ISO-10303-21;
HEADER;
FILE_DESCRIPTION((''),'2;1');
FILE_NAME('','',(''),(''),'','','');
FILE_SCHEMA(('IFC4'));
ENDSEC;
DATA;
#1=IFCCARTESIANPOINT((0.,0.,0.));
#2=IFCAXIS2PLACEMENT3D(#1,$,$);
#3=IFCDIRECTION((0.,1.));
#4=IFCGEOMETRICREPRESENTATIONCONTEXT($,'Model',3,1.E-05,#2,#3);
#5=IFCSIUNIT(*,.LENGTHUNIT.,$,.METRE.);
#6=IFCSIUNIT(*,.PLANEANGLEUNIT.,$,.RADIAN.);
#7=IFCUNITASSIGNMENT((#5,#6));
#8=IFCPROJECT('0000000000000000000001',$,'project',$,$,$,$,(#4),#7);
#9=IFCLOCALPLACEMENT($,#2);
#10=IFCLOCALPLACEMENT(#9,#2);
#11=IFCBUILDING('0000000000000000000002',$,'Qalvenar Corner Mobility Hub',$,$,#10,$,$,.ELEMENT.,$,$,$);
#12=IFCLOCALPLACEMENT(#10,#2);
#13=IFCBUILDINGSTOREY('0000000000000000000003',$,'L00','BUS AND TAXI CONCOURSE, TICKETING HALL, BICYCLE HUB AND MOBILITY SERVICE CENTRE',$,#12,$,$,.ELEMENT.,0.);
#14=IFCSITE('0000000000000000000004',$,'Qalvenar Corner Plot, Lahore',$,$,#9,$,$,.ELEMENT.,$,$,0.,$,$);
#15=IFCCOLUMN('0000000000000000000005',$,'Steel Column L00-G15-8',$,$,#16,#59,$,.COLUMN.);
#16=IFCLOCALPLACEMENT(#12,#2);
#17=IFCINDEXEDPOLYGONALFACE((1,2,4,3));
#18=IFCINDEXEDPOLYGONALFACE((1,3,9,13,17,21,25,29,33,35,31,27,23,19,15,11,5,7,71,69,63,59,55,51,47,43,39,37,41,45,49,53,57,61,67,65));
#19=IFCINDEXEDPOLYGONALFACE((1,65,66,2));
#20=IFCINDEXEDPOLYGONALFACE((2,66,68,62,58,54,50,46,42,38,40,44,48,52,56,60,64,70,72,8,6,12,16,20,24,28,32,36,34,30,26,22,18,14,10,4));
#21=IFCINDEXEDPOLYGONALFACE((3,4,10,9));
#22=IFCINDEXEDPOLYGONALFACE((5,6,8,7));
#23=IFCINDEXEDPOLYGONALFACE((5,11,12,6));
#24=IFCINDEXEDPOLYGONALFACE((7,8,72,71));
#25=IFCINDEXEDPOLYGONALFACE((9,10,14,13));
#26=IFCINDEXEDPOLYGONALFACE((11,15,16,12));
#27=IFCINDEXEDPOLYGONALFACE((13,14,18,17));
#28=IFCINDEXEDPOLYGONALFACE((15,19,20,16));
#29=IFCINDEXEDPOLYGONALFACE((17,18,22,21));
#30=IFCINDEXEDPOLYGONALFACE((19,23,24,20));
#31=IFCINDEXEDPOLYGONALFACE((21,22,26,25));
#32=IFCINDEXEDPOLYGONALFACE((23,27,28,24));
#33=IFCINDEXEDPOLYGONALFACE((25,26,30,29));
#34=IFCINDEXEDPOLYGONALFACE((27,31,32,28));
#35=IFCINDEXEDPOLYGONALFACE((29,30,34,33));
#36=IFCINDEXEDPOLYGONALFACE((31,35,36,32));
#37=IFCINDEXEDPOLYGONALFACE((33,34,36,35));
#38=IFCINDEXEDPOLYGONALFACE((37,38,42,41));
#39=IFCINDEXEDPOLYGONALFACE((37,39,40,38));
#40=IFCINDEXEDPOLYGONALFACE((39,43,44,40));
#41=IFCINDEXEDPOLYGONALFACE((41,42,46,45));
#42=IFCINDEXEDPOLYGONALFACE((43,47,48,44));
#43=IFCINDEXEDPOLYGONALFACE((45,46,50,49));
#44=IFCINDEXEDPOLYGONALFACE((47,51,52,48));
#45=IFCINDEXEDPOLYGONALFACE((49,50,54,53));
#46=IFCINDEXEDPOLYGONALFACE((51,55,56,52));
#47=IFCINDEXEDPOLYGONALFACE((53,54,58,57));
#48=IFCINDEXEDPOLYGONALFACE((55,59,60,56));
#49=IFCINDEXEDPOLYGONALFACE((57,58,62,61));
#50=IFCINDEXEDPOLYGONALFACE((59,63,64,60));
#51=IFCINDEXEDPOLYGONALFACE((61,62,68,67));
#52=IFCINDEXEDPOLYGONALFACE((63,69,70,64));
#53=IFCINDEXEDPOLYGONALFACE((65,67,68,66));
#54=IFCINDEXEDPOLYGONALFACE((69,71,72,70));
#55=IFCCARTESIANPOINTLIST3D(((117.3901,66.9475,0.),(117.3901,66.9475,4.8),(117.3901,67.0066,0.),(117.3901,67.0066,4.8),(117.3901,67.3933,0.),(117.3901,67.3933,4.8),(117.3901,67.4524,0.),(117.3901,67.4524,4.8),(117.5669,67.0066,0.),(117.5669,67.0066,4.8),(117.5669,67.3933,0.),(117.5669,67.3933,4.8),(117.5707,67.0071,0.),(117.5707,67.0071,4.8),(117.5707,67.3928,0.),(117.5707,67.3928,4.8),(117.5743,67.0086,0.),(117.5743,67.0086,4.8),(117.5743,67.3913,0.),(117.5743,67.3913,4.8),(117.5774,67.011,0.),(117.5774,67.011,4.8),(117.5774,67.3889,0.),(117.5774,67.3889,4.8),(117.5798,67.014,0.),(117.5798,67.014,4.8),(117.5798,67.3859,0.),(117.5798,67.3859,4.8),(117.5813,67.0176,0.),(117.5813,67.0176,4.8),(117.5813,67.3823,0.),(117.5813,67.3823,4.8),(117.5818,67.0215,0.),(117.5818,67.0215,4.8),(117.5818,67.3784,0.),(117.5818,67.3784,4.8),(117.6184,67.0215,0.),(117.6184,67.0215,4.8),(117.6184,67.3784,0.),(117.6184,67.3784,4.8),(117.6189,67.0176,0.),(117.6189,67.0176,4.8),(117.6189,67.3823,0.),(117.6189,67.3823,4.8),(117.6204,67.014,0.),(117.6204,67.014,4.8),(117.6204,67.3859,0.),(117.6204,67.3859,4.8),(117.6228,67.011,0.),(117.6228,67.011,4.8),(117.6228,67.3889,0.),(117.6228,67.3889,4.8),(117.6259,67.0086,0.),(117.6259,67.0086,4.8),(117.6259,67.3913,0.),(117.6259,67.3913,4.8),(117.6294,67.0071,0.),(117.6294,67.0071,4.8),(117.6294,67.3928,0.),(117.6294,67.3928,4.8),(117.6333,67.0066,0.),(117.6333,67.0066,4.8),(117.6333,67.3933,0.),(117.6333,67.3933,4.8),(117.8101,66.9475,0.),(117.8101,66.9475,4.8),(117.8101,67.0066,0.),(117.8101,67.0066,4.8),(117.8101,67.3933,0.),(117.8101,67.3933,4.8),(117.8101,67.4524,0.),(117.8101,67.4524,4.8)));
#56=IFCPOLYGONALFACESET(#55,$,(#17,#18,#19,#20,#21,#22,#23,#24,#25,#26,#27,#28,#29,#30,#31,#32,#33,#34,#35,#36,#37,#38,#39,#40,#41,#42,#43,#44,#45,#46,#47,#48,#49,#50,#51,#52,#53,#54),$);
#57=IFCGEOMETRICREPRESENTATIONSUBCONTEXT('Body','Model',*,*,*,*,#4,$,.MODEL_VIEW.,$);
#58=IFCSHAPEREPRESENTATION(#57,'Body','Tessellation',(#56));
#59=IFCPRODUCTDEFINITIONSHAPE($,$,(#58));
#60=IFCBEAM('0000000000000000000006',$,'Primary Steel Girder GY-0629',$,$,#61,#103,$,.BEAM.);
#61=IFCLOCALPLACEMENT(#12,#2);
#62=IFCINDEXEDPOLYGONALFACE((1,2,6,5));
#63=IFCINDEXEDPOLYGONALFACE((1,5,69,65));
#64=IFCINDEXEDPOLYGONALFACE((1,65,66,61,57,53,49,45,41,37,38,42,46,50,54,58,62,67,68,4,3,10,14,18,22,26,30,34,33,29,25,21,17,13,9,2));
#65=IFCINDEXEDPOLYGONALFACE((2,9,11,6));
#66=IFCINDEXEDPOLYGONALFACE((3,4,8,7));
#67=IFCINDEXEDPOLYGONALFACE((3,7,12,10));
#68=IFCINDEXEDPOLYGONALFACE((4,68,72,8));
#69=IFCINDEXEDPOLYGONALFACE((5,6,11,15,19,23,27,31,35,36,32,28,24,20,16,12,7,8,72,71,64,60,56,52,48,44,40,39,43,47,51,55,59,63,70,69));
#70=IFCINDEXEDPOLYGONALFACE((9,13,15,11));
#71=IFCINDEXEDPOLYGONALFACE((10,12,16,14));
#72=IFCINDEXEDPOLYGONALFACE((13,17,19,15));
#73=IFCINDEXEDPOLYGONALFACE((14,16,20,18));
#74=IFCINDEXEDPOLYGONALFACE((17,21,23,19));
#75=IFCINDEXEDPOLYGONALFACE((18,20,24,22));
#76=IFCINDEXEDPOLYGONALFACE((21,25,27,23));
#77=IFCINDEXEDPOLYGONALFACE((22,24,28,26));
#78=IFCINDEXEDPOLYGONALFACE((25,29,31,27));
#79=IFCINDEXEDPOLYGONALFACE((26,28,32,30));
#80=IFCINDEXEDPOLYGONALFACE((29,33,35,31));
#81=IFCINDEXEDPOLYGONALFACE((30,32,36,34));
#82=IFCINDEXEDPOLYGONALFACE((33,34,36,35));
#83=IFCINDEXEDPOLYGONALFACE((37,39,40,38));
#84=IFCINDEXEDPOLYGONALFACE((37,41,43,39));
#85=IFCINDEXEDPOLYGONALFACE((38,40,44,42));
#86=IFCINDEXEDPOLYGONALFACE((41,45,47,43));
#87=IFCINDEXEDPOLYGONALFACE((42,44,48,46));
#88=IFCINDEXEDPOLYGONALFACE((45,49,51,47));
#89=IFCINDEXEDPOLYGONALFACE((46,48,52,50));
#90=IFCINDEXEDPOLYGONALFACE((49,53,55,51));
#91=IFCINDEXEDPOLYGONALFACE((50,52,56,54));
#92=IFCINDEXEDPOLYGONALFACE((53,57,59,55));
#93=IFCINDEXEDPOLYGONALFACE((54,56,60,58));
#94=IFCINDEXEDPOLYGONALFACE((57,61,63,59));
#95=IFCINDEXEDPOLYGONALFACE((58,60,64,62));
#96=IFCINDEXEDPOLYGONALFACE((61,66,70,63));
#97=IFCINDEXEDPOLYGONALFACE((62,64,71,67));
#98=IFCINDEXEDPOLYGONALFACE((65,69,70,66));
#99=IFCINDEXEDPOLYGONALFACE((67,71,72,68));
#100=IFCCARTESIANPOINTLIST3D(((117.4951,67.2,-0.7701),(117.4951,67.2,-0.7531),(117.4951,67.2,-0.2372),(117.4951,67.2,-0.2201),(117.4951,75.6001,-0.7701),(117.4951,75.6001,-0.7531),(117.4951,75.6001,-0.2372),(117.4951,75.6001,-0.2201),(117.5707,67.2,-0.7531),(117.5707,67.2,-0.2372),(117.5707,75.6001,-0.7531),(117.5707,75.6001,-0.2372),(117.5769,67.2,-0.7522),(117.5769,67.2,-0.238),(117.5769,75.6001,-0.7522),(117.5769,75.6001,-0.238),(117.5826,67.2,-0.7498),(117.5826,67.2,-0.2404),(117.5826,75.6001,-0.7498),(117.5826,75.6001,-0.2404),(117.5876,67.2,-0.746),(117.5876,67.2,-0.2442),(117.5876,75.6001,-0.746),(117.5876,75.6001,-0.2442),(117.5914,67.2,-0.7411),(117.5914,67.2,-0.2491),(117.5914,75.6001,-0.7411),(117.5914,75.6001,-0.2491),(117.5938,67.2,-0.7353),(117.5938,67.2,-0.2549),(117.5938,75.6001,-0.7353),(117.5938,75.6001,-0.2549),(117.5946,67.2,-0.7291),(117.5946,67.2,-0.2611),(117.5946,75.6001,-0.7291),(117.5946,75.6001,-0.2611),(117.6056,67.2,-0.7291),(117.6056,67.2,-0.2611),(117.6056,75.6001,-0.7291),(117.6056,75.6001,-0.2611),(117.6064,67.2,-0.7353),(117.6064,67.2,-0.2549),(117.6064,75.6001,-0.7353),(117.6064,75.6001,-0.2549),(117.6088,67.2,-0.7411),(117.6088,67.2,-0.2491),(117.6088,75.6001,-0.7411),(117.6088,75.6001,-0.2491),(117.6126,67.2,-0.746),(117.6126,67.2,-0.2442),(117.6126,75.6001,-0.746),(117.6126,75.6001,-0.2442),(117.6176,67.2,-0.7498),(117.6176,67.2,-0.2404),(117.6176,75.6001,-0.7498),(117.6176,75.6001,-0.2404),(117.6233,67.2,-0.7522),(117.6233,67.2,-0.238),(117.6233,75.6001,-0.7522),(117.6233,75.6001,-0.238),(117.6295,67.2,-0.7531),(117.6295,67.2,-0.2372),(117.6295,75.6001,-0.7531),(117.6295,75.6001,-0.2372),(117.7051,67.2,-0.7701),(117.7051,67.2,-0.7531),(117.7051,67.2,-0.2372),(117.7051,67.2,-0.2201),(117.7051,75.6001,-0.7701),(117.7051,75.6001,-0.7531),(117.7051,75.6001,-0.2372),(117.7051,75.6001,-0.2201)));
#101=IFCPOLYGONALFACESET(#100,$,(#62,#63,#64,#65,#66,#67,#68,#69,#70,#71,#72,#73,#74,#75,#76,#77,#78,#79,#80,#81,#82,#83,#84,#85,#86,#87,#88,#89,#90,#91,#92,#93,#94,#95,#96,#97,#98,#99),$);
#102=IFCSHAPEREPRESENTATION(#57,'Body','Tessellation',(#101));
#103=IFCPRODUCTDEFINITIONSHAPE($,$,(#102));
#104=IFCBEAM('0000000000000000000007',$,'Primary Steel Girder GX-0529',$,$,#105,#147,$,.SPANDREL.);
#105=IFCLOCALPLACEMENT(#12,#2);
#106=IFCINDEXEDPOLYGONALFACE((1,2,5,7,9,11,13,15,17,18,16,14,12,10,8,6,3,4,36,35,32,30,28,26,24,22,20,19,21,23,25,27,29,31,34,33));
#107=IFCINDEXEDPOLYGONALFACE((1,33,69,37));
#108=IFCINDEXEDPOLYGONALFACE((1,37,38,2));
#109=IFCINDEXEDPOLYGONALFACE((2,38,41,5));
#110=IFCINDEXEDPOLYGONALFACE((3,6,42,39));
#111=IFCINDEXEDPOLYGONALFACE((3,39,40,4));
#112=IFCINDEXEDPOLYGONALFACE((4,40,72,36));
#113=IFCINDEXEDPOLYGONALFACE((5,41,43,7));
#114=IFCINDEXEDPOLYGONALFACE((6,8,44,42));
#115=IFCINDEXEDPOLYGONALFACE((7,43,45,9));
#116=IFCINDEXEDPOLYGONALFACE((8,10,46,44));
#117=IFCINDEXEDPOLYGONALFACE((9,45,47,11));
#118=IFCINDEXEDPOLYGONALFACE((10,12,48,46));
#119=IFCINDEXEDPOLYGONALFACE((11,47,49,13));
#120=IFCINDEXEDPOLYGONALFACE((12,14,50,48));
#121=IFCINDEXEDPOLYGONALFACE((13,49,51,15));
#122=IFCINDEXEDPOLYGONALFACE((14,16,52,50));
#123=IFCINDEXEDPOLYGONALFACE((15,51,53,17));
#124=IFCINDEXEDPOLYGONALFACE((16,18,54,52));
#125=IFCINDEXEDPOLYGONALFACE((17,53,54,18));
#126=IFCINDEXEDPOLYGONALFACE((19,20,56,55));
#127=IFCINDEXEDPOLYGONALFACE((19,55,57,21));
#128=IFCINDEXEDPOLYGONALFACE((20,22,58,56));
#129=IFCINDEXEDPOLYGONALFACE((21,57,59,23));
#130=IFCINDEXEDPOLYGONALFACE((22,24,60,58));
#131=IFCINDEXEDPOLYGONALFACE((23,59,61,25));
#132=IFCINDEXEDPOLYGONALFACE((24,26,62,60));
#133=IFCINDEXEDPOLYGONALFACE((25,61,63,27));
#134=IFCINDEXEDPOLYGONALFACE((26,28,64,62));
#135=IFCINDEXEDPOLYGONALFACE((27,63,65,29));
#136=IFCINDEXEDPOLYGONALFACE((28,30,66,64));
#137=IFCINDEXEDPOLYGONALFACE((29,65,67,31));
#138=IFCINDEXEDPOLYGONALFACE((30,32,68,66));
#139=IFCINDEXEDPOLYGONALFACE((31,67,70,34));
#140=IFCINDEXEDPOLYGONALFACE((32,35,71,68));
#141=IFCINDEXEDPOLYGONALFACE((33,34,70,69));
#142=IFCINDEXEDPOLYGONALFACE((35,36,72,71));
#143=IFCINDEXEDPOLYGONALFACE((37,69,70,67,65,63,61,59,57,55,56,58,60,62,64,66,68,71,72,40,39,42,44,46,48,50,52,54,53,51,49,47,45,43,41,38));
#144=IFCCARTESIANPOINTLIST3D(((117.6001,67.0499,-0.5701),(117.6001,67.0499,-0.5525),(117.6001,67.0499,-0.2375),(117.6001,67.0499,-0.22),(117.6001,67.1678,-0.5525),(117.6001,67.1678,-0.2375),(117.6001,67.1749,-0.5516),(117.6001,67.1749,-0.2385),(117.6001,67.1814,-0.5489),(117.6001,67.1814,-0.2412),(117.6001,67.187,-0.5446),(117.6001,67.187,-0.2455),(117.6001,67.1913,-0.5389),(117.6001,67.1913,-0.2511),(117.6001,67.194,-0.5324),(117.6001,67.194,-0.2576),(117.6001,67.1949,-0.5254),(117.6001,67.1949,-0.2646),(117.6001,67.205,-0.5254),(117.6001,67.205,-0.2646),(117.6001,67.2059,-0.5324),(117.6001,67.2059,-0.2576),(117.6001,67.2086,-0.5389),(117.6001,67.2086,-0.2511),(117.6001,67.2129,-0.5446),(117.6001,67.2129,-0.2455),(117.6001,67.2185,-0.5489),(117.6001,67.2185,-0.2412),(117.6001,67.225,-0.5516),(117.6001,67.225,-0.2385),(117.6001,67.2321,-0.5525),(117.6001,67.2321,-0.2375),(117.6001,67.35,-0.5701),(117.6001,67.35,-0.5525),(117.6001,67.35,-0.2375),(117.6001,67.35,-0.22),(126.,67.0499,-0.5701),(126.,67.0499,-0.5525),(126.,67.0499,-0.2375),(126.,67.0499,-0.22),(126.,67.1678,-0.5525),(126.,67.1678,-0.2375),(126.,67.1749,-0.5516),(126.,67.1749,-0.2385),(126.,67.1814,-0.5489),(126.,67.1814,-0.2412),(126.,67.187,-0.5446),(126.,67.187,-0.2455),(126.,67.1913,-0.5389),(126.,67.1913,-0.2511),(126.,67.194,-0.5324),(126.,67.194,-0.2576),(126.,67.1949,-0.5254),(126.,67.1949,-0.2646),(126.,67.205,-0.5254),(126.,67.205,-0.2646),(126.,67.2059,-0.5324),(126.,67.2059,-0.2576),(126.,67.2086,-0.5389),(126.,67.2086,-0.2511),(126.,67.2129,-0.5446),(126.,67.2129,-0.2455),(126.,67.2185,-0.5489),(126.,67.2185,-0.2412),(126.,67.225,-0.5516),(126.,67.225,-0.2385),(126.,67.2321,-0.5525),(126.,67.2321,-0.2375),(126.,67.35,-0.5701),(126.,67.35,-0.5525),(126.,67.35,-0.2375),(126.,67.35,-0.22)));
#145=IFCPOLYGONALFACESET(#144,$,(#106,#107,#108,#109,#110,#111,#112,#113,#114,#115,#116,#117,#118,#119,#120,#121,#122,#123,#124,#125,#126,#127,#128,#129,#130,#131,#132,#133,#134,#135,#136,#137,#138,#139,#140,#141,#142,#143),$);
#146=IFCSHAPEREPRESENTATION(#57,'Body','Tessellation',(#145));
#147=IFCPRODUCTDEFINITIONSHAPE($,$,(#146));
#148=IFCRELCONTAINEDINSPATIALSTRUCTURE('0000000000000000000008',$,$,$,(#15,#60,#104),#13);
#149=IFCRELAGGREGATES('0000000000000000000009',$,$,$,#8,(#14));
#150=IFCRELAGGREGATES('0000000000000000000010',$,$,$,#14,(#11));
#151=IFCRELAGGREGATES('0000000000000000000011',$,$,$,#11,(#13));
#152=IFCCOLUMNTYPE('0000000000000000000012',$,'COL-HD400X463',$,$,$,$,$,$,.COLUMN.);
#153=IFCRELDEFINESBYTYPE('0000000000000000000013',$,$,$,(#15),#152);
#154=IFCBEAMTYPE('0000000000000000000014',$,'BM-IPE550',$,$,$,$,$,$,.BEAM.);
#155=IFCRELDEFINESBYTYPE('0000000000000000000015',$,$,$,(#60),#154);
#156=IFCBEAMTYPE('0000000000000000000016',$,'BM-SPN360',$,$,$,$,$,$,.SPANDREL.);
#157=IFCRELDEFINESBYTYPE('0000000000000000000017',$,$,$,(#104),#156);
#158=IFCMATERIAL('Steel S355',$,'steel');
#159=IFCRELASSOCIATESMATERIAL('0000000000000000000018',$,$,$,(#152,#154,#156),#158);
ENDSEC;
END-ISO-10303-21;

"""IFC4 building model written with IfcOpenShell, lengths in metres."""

from ifc_helpers import new_model, si_unit, direction, frame, origin, origin_2d, place, context, subcontext, project, spatial, i_section, extrude, material, material_profile, profile_set, type_object, element, save


model = new_model("IFC4")

# Units and contexts
model_context = context("Model", 3, precision=1e-05, world=origin(), true_north=direction((0.0, 1.0)))
body_context = subcontext(model_context, "Body", "Model", "MODEL_VIEW")
ifc_project = project(units=[si_unit("LENGTHUNIT", "METRE"), si_unit("PLANEANGLEUNIT", "RADIAN")], contexts=[model_context])

# Site, building, storey
site_placement = place(None, origin())
site = spatial("IfcSite", under=ifc_project, at=site_placement, Name="Qalvenar Corner Plot, Lahore", CompositionType="ELEMENT", RefElevation=0.0)
building_placement = place(site_placement, origin())
building = spatial("IfcBuilding", under=site, at=building_placement, Name="Qalvenar Corner Mobility Hub", CompositionType="ELEMENT")
storey_placement = place(building_placement, origin())
storey = spatial("IfcBuildingStorey", under=building, at=storey_placement, Name="L00", Description="BUS AND TAXI CONCOURSE, TICKETING HALL, BICYCLE HUB AND MOBILITY SERVICE CENTRE", CompositionType="ELEMENT", Elevation=0.0)

# Column
ifc_material_1 = material(Name="Steel S355", Category="steel")
ifc_material_profile_1 = material_profile(ifc_material_1, i_section(OverallWidth=0.4199, OverallDepth=0.5049, WebThickness=0.0366, FlangeThickness=0.0591, FilletRadius=0.0149, at=origin_2d()), Name="HD400x551")
ifc_profile_set_1 = profile_set([ifc_material_profile_1], Name="Steel S355")
column_type = type_object("IfcColumnType", Name="COL-HD400X463", PredefinedType="COLUMN", material=ifc_profile_set_1)
column_placement = place(storey_placement, frame((117.6001, 67.2, 0.0), z_axis=(0.0, 0.0, 1.0), x_axis=(1.0, 0.0, 0.0)))
element("IfcColumn", 1, at=column_placement, inside=storey, type_object=column_type, Name="Steel Column L00-G15-8", PredefinedType="COLUMN", context=body_context, shape_type="SweptSolid", body=[
    extrude(i_section(OverallWidth=0.4199, OverallDepth=0.5049, WebThickness=0.0366, FlangeThickness=0.0591, FilletRadius=0.0149, at=origin_2d()), origin(), (0.0, 0.0, 1.0), 4.8),
])

# Beams
ifc_material_profile_2 = material_profile(ifc_material_1, i_section(OverallWidth=0.21, OverallDepth=0.55, WebThickness=0.011, FlangeThickness=0.0171, FilletRadius=0.0239, at=origin_2d()), Name="IPE550")
ifc_profile_set_2 = profile_set([ifc_material_profile_2], Name="Steel S355")
beam_type_1 = type_object("IfcBeamType", Name="BM-IPE550", PredefinedType="BEAM", material=ifc_profile_set_2)
beam_1_placement = place(storey_placement, frame((117.6001, 67.2, -0.4951), z_axis=(0.0, 1.0, 0.0), x_axis=(-1.0, 0.0, 0.0)))
element("IfcBeam", 2, at=beam_1_placement, inside=storey, type_object=beam_type_1, Name="Primary Steel Girder GY-0629", PredefinedType="BEAM", context=body_context, shape_type="SweptSolid", body=[
    extrude(i_section(OverallWidth=0.21, OverallDepth=0.55, WebThickness=0.011, FlangeThickness=0.0171, FilletRadius=0.0239, at=origin_2d()), origin(), (0.0, 0.0, 1.0), 8.4001),
])
ifc_material_profile_3 = material_profile(ifc_material_1, i_section(OverallWidth=0.3, OverallDepth=0.3501, WebThickness=0.01, FlangeThickness=0.0176, FilletRadius=0.0271, at=origin_2d()), Name="HEA360")
ifc_profile_set_3 = profile_set([ifc_material_profile_3], Name="Steel S355")
beam_type_2 = type_object("IfcBeamType", Name="BM-SPN360", PredefinedType="SPANDREL", material=ifc_profile_set_3)
beam_2_placement = place(storey_placement, frame((117.6001, 67.2, -0.395), z_axis=(1.0, 0.0, 0.0), x_axis=(0.0, 1.0, 0.0)))
element("IfcBeam", 3, at=beam_2_placement, inside=storey, type_object=beam_type_2, Name="Primary Steel Girder GX-0529", PredefinedType="SPANDREL", context=body_context, shape_type="SweptSolid", body=[
    extrude(i_section(OverallWidth=0.3, OverallDepth=0.3501, WebThickness=0.01, FlangeThickness=0.0176, FilletRadius=0.0271, at=origin_2d()), origin(), (0.0, 0.0, 1.0), 8.3999),
])

save(model, "model.ifc")
